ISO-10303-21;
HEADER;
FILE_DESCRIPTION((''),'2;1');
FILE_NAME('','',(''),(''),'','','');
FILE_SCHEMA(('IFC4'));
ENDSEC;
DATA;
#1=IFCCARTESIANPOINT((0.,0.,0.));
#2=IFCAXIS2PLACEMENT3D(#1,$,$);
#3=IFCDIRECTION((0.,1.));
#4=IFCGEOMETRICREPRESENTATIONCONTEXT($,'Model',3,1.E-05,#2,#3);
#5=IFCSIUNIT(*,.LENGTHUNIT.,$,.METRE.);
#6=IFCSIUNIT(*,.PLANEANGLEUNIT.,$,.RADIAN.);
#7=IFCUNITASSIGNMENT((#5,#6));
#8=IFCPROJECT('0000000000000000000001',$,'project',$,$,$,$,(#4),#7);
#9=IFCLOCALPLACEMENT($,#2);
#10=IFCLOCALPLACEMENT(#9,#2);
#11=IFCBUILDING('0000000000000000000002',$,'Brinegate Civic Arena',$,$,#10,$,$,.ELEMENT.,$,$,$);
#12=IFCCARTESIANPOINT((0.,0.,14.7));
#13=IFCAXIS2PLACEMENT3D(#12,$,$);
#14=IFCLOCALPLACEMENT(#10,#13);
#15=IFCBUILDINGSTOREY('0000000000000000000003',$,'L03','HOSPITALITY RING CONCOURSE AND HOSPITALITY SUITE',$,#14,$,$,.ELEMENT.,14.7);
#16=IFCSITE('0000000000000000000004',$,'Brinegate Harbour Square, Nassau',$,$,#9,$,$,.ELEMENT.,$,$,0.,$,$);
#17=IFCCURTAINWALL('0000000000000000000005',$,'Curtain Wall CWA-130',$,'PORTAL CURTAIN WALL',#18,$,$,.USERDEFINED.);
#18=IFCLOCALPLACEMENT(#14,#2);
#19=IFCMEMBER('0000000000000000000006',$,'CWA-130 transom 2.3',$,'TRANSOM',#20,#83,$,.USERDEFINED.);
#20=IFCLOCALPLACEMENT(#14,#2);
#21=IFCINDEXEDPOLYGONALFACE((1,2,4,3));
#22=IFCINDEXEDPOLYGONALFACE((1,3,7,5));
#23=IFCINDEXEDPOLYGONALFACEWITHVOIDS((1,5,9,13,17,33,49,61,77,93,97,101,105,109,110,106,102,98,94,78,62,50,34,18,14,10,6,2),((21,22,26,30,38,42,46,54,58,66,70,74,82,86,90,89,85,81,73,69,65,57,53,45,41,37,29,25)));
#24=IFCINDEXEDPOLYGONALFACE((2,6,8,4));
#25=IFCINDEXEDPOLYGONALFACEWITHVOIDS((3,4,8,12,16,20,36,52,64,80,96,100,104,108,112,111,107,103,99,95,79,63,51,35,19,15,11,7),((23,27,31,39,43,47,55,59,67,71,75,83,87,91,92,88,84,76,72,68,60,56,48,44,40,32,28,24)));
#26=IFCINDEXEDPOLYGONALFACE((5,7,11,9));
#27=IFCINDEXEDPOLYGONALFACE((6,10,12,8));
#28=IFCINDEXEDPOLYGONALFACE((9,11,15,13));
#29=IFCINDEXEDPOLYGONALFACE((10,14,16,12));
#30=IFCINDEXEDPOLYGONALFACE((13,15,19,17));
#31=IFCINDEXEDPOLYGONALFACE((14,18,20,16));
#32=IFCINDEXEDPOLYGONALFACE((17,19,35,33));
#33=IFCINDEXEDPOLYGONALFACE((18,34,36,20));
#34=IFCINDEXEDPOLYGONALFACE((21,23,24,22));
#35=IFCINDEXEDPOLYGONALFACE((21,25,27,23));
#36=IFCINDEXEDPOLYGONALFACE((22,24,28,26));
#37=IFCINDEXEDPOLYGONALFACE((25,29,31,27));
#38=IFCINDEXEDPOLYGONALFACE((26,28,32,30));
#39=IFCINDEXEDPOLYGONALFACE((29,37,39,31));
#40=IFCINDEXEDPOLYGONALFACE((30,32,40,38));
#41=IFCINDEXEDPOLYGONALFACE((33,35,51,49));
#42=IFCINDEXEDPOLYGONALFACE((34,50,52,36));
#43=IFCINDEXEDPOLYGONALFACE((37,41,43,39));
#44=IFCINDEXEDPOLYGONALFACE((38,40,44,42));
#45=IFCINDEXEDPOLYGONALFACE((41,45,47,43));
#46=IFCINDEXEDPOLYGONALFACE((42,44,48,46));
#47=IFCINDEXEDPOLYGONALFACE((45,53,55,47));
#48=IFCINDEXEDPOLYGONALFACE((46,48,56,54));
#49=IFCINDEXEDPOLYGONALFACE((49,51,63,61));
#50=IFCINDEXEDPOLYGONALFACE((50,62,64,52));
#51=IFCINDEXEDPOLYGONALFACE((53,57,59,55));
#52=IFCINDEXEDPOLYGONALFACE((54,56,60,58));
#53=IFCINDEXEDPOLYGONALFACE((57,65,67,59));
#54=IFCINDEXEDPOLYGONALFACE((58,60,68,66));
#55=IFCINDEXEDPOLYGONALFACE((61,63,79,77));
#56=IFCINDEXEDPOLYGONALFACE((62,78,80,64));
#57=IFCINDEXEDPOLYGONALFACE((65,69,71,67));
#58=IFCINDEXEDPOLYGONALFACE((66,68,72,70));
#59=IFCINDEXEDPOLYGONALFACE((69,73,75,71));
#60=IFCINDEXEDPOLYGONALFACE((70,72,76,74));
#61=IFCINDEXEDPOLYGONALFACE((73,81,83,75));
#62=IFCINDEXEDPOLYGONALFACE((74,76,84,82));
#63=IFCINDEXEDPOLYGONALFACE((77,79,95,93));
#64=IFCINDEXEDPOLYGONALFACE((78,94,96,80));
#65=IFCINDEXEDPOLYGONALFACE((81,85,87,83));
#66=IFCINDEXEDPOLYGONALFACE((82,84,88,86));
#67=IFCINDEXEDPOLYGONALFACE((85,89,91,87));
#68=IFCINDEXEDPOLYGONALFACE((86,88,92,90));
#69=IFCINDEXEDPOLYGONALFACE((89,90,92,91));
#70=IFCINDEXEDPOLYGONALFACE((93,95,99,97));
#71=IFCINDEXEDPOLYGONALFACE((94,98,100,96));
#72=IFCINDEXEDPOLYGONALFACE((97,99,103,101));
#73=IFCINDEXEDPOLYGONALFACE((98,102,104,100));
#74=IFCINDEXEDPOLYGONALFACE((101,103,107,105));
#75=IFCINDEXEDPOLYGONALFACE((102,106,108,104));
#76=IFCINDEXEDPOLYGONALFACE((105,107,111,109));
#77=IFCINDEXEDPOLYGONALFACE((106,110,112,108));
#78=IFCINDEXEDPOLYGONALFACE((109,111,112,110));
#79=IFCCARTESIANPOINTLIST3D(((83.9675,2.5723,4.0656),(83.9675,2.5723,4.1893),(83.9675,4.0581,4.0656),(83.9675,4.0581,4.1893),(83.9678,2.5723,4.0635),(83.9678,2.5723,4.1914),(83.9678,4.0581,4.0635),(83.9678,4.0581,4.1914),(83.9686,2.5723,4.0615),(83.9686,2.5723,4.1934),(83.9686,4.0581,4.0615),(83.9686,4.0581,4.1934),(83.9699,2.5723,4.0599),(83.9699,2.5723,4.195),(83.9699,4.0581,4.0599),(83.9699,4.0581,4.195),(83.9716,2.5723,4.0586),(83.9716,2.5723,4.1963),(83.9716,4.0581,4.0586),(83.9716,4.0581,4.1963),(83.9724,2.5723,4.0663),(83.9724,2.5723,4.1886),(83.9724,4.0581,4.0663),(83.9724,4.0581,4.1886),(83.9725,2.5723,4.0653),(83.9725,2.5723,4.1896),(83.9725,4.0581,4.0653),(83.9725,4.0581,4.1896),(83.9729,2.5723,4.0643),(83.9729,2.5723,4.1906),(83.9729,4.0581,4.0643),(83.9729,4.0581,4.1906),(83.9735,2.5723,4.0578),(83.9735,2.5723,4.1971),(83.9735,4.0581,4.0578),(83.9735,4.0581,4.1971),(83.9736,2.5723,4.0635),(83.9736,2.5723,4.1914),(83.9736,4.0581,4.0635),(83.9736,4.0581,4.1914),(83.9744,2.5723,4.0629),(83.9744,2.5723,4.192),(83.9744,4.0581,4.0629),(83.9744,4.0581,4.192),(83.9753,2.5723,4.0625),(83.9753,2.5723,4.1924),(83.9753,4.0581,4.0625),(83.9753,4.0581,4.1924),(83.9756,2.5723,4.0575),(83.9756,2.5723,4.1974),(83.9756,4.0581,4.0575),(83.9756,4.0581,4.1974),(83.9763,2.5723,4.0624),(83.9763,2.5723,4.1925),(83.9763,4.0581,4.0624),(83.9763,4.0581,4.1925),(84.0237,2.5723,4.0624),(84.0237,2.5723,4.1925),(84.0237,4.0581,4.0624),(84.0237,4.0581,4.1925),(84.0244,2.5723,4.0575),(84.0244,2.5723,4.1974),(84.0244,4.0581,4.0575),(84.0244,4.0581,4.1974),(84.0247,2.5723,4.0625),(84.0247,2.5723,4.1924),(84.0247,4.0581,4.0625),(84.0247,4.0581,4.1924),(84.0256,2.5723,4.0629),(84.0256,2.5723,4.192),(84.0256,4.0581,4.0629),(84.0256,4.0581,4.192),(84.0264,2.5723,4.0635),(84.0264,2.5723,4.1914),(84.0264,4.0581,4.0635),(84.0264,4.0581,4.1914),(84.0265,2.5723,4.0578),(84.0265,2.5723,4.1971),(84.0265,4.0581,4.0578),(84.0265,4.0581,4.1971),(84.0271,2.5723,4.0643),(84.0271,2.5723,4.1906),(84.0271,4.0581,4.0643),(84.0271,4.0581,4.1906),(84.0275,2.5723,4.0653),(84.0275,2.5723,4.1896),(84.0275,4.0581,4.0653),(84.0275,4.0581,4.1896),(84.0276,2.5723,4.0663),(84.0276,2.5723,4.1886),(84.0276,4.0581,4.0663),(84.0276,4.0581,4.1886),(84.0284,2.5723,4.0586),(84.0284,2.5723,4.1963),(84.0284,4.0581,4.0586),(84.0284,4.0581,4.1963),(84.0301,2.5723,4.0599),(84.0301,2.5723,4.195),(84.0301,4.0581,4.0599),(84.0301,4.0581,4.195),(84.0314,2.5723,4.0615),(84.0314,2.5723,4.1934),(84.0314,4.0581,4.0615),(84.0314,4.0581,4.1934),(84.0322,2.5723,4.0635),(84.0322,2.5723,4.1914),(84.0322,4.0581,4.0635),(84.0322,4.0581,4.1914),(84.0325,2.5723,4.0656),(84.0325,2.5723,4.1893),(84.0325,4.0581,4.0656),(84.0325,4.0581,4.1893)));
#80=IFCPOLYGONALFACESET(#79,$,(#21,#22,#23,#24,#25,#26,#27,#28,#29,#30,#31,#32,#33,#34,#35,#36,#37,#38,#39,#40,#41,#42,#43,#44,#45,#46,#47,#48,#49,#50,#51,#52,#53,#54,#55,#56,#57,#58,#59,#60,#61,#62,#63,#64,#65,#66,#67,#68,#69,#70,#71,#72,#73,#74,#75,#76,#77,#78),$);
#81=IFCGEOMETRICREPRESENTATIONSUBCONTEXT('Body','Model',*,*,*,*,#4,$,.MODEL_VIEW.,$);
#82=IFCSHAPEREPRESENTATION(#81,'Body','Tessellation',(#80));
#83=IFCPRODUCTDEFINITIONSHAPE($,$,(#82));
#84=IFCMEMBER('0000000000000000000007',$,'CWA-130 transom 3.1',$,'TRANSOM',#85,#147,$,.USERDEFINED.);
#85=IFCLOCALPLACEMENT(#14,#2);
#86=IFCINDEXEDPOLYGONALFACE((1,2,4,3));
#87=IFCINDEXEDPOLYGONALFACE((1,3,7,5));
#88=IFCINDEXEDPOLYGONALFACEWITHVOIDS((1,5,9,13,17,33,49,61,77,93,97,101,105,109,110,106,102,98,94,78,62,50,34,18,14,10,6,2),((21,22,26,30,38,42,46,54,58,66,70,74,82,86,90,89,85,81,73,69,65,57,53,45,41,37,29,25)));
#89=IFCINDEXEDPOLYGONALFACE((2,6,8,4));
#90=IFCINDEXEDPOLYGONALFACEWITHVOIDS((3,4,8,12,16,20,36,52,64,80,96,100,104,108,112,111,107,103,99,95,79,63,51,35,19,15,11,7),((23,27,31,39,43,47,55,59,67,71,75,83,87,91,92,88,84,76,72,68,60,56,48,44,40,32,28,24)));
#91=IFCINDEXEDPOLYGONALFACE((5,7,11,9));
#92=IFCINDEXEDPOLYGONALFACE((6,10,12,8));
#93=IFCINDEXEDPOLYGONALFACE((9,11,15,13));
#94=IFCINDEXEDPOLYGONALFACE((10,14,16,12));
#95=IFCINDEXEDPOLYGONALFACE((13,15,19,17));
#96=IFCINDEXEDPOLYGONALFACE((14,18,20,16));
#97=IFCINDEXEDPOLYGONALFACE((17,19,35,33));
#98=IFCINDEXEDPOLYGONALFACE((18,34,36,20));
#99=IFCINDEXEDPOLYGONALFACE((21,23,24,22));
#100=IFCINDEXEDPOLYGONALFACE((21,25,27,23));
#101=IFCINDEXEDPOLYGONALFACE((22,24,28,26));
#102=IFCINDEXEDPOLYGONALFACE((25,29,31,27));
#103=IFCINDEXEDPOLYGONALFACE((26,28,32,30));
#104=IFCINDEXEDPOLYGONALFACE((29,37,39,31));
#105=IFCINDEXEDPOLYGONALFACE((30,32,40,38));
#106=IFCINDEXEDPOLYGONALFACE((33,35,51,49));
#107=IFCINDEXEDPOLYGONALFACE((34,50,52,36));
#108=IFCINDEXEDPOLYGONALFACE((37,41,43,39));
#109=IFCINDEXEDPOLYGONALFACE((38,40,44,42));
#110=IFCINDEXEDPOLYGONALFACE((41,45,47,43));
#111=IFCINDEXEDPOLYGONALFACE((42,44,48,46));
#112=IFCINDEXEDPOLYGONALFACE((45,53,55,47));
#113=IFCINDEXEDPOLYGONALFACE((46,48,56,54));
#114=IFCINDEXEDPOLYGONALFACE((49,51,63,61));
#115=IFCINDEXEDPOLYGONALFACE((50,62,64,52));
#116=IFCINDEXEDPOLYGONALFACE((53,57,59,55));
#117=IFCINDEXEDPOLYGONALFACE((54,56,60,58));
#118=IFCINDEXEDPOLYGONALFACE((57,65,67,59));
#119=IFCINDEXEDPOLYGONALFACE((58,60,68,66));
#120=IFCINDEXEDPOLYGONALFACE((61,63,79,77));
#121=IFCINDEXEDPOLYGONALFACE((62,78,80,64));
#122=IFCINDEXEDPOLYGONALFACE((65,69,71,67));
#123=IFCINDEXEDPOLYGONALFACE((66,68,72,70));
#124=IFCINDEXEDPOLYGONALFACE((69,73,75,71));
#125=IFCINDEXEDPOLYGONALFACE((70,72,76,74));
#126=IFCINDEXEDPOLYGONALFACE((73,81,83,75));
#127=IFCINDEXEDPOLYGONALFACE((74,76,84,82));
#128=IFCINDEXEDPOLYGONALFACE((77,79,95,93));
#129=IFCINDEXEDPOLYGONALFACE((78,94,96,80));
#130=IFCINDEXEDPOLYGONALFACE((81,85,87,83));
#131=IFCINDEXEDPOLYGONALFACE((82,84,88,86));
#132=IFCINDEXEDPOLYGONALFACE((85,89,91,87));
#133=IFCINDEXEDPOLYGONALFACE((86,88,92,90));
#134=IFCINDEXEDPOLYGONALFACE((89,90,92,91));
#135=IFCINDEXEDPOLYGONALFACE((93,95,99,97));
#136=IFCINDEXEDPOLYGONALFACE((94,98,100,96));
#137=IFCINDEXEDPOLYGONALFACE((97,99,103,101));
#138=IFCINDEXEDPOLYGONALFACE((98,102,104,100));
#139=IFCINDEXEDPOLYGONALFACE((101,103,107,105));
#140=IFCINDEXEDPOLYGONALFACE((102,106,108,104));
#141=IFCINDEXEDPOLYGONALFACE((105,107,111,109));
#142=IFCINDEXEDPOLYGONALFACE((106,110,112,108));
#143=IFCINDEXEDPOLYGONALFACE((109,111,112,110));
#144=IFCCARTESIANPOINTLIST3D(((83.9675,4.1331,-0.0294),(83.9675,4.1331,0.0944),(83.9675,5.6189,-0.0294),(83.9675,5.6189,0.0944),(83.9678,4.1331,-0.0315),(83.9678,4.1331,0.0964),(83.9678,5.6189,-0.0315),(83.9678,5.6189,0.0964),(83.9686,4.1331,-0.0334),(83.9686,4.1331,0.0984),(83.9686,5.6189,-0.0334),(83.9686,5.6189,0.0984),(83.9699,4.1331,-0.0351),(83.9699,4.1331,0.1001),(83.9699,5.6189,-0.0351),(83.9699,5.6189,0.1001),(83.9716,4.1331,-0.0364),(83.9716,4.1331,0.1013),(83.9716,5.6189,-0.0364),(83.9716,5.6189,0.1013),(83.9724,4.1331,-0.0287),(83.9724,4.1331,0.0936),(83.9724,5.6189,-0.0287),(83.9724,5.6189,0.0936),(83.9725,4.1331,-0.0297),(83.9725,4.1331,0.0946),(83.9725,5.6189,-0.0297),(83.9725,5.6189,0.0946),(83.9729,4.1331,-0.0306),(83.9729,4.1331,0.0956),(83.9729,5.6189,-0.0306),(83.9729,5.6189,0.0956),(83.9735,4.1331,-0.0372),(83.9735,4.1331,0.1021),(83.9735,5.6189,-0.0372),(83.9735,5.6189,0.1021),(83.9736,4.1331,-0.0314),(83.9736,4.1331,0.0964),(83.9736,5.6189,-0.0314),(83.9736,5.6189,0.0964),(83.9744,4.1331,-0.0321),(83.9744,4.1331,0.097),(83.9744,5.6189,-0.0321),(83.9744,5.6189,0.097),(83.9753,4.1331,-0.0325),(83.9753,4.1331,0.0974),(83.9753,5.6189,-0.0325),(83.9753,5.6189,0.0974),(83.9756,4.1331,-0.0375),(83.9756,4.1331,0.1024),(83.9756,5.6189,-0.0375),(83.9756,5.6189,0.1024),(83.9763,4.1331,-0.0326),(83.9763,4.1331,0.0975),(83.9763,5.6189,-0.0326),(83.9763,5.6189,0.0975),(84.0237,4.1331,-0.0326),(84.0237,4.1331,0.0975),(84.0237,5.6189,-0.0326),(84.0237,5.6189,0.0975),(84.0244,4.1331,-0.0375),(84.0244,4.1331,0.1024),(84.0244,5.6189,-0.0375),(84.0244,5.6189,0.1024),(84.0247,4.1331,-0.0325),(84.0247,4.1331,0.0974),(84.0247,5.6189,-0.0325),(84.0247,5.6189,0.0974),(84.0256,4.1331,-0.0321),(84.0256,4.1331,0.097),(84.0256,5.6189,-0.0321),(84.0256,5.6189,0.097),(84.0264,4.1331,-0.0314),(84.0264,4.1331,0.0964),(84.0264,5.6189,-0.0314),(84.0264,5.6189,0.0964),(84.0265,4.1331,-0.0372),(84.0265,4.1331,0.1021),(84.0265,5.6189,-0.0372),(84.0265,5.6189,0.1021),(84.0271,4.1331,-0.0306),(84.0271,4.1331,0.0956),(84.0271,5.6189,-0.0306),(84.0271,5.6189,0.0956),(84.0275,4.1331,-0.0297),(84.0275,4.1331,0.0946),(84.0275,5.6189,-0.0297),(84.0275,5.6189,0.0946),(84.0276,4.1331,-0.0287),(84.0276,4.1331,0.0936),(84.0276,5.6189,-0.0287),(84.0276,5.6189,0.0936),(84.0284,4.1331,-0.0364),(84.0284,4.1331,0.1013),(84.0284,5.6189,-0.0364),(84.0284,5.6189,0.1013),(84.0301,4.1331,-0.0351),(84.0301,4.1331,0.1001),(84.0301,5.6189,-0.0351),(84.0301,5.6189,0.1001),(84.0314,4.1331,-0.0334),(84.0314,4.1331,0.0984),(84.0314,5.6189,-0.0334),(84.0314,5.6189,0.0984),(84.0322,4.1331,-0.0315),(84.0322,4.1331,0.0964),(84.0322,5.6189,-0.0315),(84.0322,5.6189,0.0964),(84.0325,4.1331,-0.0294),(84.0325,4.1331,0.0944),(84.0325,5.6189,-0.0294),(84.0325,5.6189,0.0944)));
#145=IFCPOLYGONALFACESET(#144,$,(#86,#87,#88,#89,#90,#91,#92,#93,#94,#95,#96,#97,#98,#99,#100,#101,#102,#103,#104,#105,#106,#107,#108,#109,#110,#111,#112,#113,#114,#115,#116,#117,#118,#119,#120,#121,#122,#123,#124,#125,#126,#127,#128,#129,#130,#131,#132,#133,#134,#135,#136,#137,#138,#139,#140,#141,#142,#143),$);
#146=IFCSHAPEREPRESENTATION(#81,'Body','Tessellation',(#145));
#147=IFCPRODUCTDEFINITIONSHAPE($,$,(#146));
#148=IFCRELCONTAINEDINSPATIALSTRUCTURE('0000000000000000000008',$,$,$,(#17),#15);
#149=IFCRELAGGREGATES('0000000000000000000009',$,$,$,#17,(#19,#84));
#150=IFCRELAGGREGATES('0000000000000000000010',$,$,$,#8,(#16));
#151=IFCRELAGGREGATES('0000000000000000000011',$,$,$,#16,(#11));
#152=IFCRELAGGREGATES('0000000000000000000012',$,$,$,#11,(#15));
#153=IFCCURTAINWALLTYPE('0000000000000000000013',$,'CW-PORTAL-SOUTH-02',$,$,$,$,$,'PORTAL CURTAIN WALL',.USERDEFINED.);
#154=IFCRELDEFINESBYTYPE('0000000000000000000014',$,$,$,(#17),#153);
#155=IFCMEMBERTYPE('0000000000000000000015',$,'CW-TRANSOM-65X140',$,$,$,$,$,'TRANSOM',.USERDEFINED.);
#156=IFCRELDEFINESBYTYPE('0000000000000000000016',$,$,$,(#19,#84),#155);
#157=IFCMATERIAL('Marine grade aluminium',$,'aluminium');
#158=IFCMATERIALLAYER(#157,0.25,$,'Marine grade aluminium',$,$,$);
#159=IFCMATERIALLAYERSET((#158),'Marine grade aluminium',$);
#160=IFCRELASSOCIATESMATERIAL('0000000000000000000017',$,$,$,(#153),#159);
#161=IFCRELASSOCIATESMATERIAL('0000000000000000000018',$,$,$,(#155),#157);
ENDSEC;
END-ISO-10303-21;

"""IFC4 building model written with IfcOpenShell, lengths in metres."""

from ifc_helpers import new_model, si_unit, direction, frame, origin, origin_2d, place, context, subcontext, project, spatial, hollow_rectangle, extrude, material, layer, layer_set, material_profile, profile_set, type_object, element, aggregate, save


model = new_model("IFC4")

# Units and contexts
model_context = context("Model", 3, precision=1e-05, world=origin(), true_north=direction((0.0, 1.0)))
body_context = subcontext(model_context, "Body", "Model", "MODEL_VIEW")
ifc_project = project(units=[si_unit("LENGTHUNIT", "METRE"), si_unit("PLANEANGLEUNIT", "RADIAN")], contexts=[model_context])

# Site, building, storey
site_placement = place(None, origin())
site = spatial("IfcSite", under=ifc_project, at=site_placement, Name="Brinegate Harbour Square, Nassau", CompositionType="ELEMENT", RefElevation=0.0)
building_placement = place(site_placement, origin())
building = spatial("IfcBuilding", under=site, at=building_placement, Name="Brinegate Civic Arena", CompositionType="ELEMENT")
storey_placement = place(building_placement, frame((0.0, 0.0, 14.7)))
storey = spatial("IfcBuildingStorey", under=building, at=storey_placement, Name="L03", Description="HOSPITALITY RING CONCOURSE AND HOSPITALITY SUITE", CompositionType="ELEMENT", Elevation=14.7)

# Shared definitions
ifc_material_1 = material(Name="Marine grade aluminium", Category="aluminium")
ifc_layer_1 = layer(ifc_material_1, 0.25, Name="Marine grade aluminium")
ifc_layer_set_1 = layer_set([ifc_layer_1], Name="Marine grade aluminium")
curtain_wall_type = type_object("IfcCurtainWallType", Name="CW-PORTAL-SOUTH-02", ElementType="PORTAL CURTAIN WALL", PredefinedType="USERDEFINED", material=ifc_layer_set_1)

# Curtain wall
curtain_wall_1_placement = place(storey_placement, origin())
curtain_wall_1 = element("IfcCurtainWall", 1, at=curtain_wall_1_placement, inside=storey, type_object=curtain_wall_type, Name="Curtain Wall CWA-130", ObjectType="PORTAL CURTAIN WALL", PredefinedType="USERDEFINED")

# Members
ifc_material_profile_1 = material_profile(ifc_material_1, hollow_rectangle(XDim=0.0649, YDim=0.1399, WallThickness=0.0049, InnerFilletRadius=0.0039, OuterFilletRadius=0.0081, at=origin_2d()), Name="TRN65X140")
ifc_profile_set_1 = profile_set([ifc_material_profile_1], Name="Marine grade aluminium")
member_type_1 = type_object("IfcMemberType", Name="CW-TRANSOM-65X140", ElementType="TRANSOM", PredefinedType="USERDEFINED", material=ifc_profile_set_1)
member_1_placement = place(storey_placement, frame((84.0, 2.5723, 4.1274), z_axis=(0.0, 1.0, 0.0), x_axis=(-1.0, 0.0, 0.0)))
member_1 = element("IfcMember", 2, at=member_1_placement, type_object=member_type_1, Name="CWA-130 transom 2.3", ObjectType="TRANSOM", PredefinedType="USERDEFINED", context=body_context, shape_type="SweptSolid", body=[
    extrude(hollow_rectangle(XDim=0.0649, YDim=0.1399, WallThickness=0.0049, InnerFilletRadius=0.0039, OuterFilletRadius=0.0081, at=origin_2d()), origin(), (0.0, 0.0, 1.0), 1.4858),
])
member_2_placement = place(storey_placement, frame((84.0, 4.1331, 0.0325), z_axis=(0.0, 1.0, 0.0), x_axis=(-1.0, 0.0, 0.0)))
member_2 = element("IfcMember", 3, at=member_2_placement, type_object=member_type_1, Name="CWA-130 transom 3.1", ObjectType="TRANSOM", PredefinedType="USERDEFINED", context=body_context, shape_type="SweptSolid", body=[
    extrude(hollow_rectangle(XDim=0.0649, YDim=0.1399, WallThickness=0.0049, InnerFilletRadius=0.0039, OuterFilletRadius=0.0081, at=origin_2d()), origin(), (0.0, 0.0, 1.0), 1.4858),
])

aggregate(curtain_wall_1, [member_1, member_2])

save(model, "model.ifc")
